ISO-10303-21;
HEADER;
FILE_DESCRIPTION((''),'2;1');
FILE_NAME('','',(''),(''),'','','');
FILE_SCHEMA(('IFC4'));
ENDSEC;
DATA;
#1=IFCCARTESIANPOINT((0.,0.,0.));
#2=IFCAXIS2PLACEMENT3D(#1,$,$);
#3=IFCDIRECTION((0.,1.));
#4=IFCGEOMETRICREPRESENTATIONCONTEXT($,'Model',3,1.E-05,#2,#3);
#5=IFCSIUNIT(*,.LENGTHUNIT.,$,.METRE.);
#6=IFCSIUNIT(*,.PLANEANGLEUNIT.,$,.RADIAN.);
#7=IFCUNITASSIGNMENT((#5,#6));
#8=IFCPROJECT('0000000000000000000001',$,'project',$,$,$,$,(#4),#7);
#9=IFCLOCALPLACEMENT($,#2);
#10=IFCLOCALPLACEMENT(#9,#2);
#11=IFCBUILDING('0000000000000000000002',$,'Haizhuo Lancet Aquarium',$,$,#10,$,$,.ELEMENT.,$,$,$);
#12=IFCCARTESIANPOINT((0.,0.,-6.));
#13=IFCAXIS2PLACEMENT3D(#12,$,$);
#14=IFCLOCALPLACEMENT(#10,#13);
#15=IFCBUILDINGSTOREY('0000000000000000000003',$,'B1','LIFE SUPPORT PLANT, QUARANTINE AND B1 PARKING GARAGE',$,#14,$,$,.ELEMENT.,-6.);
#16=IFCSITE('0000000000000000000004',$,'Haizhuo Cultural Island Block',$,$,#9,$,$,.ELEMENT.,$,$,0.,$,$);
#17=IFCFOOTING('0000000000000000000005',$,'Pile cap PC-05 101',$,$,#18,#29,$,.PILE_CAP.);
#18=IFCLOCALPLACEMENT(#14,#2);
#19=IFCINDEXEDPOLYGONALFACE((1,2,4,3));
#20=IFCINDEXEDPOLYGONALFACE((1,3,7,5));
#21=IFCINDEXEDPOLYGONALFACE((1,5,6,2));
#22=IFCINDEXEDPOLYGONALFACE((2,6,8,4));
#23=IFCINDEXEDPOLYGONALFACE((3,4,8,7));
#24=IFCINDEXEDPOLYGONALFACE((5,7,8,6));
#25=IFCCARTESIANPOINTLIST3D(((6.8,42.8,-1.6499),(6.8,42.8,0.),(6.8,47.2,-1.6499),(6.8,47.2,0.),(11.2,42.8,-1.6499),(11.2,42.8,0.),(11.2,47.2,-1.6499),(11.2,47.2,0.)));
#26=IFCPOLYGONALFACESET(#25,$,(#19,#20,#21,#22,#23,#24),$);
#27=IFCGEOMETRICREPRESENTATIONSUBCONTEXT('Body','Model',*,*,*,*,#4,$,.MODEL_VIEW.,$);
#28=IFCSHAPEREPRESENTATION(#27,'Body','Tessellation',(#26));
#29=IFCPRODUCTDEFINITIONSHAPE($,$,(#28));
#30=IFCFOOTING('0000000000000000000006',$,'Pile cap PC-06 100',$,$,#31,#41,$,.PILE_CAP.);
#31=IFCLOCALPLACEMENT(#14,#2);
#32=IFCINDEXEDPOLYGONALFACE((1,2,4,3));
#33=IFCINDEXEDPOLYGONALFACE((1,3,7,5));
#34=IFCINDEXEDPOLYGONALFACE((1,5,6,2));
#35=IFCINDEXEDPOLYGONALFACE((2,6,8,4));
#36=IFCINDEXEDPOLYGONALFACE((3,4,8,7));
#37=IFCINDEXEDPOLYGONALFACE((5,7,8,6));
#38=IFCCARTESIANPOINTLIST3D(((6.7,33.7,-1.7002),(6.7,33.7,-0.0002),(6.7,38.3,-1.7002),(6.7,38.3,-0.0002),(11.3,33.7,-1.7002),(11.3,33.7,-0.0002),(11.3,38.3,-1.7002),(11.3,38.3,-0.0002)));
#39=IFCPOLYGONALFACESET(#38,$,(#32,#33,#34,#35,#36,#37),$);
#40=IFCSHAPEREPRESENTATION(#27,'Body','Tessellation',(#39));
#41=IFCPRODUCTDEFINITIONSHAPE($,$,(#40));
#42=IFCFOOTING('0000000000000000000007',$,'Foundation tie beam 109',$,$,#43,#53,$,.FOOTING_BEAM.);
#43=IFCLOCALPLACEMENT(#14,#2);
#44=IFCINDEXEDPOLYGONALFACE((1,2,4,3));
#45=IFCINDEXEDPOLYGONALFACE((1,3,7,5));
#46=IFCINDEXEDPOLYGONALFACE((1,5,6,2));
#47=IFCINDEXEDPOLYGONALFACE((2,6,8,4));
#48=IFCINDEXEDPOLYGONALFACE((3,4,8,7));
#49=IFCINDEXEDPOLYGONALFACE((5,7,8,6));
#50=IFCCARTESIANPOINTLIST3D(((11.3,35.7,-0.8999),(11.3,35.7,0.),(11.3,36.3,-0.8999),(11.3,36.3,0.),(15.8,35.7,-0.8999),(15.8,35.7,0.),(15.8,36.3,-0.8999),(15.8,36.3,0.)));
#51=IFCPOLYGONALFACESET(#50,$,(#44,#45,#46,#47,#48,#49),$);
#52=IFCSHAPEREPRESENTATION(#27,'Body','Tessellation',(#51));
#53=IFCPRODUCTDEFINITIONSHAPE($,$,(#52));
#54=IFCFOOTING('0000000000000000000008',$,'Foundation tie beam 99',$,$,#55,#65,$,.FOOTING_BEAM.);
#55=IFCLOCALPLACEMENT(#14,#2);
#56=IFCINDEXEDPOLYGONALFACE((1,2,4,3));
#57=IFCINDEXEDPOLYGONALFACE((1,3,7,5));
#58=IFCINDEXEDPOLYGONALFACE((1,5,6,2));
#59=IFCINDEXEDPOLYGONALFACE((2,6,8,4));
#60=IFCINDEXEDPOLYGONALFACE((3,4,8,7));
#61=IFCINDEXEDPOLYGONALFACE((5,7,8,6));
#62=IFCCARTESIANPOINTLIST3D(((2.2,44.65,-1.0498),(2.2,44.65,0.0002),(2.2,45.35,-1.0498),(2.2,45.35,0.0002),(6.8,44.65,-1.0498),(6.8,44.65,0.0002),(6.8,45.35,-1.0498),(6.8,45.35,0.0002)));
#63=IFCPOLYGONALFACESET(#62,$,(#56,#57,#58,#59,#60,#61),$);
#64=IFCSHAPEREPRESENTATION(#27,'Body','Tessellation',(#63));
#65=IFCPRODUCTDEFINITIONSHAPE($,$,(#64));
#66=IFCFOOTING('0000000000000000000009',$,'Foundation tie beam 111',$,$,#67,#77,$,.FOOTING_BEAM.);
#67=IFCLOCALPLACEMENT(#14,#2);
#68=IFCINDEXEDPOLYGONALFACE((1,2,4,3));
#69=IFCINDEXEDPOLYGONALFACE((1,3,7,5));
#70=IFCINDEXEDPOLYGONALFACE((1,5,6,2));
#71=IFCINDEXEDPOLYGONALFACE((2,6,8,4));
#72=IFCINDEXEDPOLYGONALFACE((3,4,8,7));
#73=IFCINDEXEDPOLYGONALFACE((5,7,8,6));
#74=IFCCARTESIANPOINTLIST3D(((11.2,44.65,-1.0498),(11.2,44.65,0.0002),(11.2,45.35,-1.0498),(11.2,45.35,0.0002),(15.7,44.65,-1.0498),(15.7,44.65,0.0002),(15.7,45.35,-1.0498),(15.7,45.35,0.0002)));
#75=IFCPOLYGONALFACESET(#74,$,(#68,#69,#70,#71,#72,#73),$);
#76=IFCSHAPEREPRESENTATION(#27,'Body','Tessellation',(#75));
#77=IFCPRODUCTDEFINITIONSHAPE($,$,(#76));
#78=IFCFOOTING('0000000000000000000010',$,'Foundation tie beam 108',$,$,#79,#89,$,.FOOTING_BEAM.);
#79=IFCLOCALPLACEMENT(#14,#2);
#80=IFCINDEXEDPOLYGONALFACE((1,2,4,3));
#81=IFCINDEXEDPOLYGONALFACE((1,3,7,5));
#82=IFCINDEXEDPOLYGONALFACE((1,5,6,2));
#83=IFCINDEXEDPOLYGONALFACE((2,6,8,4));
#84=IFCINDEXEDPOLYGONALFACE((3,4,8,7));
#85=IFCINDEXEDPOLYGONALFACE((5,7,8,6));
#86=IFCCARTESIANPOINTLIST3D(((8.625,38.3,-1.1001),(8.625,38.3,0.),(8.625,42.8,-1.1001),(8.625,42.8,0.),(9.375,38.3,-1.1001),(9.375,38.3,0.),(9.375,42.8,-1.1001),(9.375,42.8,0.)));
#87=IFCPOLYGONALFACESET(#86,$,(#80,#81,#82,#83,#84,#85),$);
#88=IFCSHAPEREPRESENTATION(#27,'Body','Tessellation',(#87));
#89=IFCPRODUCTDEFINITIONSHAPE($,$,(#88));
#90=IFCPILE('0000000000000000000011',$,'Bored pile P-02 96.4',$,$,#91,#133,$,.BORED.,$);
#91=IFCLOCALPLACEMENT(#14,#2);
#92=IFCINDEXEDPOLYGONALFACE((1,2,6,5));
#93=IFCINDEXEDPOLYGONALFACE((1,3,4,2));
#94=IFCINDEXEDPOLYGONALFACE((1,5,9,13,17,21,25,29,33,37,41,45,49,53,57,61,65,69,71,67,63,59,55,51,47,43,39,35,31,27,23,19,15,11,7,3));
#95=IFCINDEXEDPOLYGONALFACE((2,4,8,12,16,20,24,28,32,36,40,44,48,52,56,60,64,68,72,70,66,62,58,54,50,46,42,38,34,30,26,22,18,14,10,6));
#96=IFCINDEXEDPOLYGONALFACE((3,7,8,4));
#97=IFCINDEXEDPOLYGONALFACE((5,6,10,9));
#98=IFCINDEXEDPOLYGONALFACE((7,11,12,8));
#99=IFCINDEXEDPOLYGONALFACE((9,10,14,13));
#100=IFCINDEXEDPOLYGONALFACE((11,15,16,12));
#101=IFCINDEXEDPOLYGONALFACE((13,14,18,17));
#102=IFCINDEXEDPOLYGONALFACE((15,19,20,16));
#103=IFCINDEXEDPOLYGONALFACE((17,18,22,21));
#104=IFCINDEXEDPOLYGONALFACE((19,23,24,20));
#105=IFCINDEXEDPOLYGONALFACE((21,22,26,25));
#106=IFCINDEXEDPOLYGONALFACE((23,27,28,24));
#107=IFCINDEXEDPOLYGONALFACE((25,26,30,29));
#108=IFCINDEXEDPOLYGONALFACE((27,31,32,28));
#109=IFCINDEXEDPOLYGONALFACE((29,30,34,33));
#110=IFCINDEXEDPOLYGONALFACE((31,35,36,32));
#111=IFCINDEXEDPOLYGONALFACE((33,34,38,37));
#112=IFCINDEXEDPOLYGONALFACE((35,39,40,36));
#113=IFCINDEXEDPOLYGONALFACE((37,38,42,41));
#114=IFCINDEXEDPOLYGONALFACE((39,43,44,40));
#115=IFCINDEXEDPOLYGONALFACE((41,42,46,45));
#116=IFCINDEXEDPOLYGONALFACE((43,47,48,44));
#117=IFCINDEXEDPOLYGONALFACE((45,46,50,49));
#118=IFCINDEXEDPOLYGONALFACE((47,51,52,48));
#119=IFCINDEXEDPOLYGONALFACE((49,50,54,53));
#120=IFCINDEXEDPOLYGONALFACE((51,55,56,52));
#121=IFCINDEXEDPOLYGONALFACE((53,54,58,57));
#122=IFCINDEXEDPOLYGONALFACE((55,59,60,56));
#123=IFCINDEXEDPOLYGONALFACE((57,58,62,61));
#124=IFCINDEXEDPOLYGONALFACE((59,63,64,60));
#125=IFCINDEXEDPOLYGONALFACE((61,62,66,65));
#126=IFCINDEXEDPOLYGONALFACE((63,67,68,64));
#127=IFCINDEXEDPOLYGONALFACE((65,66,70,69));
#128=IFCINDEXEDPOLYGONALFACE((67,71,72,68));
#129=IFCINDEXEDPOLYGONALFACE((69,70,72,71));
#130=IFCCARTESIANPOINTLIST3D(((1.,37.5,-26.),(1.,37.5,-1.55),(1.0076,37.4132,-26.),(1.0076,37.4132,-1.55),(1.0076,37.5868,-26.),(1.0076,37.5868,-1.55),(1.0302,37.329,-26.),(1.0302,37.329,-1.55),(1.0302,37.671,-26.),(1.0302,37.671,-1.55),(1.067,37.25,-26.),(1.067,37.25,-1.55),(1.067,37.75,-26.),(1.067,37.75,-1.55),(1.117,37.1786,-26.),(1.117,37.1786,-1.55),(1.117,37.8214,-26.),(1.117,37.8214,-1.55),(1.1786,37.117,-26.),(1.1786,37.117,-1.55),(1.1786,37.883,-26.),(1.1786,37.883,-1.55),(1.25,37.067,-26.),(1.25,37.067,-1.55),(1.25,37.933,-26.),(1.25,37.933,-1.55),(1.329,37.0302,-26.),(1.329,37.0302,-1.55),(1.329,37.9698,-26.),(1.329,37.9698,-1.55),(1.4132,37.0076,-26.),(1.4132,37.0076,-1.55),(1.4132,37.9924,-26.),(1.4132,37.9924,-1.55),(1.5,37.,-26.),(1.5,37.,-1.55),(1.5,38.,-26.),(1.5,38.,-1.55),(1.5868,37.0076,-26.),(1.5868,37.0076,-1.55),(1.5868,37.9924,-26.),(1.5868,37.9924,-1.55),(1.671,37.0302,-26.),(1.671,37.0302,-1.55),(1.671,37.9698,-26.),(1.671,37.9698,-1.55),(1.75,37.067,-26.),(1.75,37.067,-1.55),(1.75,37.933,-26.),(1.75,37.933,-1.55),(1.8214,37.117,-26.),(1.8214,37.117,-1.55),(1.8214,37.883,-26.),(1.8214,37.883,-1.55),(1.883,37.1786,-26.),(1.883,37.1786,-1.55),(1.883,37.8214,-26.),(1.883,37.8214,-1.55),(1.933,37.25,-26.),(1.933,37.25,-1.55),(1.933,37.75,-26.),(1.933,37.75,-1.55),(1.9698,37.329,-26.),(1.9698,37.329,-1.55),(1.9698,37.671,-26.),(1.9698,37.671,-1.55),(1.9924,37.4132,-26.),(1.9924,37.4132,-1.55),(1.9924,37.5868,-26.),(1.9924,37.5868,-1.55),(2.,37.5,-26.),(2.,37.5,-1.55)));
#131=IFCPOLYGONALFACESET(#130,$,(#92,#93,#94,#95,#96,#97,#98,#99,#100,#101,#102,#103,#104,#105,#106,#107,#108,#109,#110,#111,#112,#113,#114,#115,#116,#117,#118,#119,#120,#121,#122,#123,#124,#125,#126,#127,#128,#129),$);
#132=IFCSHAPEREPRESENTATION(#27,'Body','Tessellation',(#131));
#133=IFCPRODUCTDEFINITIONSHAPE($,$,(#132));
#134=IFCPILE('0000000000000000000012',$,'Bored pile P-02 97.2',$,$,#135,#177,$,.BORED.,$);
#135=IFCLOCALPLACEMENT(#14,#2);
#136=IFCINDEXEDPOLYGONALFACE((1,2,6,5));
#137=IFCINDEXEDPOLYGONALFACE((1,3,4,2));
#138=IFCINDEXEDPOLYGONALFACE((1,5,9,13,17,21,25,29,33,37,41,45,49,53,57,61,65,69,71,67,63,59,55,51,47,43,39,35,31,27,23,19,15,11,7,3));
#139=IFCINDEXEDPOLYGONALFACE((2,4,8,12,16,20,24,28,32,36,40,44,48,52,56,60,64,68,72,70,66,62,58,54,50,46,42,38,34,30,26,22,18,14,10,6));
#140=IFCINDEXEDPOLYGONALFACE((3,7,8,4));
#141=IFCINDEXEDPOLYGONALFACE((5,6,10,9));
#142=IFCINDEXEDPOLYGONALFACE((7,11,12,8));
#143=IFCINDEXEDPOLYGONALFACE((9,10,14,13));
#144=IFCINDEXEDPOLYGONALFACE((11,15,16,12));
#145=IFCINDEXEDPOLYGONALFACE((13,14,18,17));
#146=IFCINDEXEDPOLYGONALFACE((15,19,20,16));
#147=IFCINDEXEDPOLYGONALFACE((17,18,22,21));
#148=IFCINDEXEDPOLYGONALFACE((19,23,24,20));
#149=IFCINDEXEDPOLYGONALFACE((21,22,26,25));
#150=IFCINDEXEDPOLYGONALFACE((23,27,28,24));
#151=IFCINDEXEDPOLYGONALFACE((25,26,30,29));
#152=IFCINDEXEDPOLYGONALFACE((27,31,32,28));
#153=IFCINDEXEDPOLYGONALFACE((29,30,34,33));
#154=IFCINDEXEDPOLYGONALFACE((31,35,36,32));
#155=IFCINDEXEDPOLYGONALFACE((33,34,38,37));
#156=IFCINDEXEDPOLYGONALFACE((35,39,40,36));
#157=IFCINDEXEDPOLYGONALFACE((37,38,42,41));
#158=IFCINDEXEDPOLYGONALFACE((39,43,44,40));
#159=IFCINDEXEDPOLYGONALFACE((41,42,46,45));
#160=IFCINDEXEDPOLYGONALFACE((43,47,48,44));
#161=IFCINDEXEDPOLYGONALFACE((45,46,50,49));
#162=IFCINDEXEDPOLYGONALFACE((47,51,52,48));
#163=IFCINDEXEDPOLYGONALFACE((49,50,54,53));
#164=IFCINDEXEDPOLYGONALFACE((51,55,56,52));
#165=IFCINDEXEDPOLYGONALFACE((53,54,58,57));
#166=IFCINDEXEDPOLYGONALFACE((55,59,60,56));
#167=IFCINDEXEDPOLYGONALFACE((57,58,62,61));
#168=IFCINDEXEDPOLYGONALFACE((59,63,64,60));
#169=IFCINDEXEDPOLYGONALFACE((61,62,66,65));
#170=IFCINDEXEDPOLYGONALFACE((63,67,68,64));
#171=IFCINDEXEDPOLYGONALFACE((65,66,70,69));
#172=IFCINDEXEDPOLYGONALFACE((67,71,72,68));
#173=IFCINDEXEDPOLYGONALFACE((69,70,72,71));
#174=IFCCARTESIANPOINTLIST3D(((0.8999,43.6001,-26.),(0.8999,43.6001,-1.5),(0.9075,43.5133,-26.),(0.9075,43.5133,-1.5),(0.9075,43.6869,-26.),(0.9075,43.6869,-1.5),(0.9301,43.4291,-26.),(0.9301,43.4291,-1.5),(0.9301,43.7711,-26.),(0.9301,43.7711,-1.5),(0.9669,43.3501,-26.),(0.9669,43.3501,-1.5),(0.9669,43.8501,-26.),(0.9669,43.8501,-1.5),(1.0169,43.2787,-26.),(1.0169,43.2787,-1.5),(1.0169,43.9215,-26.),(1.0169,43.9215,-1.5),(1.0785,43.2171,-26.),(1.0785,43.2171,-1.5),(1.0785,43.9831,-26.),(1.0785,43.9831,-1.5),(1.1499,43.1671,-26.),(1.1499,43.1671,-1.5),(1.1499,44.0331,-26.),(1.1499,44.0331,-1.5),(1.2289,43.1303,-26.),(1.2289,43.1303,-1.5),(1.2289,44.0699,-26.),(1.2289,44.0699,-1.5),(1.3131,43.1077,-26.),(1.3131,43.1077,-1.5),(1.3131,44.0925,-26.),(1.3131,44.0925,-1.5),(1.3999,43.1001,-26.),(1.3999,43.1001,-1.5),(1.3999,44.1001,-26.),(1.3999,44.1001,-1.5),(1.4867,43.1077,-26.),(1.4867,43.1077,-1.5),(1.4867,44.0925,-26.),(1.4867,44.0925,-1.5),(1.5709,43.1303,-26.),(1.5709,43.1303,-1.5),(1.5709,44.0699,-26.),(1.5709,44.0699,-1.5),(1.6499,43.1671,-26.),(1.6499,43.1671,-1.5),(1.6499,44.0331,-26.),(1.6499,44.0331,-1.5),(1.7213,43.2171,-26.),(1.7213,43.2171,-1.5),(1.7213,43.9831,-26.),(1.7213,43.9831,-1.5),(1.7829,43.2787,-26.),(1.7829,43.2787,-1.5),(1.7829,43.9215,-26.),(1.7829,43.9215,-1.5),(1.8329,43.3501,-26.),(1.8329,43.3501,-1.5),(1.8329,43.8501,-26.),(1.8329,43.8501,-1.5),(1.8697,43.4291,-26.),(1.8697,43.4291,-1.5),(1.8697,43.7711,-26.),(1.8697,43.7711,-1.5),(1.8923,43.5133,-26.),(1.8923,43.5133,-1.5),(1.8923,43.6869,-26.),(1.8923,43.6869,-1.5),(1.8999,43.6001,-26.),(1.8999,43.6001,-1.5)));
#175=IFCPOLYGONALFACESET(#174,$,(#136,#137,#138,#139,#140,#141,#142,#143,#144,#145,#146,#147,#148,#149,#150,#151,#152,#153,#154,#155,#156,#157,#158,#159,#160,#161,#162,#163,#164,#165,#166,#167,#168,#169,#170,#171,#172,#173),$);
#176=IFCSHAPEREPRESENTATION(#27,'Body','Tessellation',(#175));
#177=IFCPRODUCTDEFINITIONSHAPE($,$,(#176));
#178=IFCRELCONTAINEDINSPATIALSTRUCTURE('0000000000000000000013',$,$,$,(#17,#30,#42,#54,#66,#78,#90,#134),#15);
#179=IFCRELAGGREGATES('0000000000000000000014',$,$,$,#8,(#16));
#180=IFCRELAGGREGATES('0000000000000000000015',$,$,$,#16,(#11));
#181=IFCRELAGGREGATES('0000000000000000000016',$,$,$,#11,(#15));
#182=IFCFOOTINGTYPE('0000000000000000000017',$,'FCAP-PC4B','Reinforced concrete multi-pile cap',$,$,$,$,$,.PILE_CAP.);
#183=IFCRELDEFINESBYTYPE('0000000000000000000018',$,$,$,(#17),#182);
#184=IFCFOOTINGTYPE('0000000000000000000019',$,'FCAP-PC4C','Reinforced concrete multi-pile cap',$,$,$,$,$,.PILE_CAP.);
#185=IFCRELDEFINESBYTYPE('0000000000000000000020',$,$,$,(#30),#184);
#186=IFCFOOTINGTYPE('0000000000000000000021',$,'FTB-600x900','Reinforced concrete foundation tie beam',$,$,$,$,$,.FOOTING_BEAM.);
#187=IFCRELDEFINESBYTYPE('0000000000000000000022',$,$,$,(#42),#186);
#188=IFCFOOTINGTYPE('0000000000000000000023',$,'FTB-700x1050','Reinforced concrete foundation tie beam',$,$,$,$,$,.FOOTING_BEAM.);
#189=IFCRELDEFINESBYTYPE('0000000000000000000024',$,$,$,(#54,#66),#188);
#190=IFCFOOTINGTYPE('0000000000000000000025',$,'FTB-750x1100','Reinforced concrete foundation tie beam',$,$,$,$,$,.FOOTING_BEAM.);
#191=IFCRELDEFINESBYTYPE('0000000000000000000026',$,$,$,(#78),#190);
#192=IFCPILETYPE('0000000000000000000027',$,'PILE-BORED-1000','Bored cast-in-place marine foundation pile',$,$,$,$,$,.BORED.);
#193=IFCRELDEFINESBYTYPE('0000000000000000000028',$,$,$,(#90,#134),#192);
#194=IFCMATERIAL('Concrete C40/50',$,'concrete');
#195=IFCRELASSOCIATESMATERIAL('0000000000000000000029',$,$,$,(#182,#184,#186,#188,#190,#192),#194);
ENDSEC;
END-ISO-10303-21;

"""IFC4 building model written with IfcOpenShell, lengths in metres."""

from ifc_helpers import new_model, si_unit, direction, frame, origin, origin_2d, place, context, subcontext, project, spatial, rectangle, circle, extrude, material, material_profile, profile_set, type_object, element, save


model = new_model("IFC4")

# Units and contexts
model_context = context("Model", 3, precision=1e-05, world=origin(), true_north=direction((0.0, 1.0)))
body_context = subcontext(model_context, "Body", "Model", "MODEL_VIEW")
ifc_project = project(units=[si_unit("LENGTHUNIT", "METRE"), si_unit("PLANEANGLEUNIT", "RADIAN")], contexts=[model_context])

# Site, building, storey
site_placement = place(None, origin())
site = spatial("IfcSite", under=ifc_project, at=site_placement, Name="Haizhuo Cultural Island Block", CompositionType="ELEMENT", RefElevation=0.0)
building_placement = place(site_placement, origin())
building = spatial("IfcBuilding", under=site, at=building_placement, Name="Haizhuo Lancet Aquarium", CompositionType="ELEMENT")
storey_placement = place(building_placement, frame((0.0, 0.0, -6.0)))
storey = spatial("IfcBuildingStorey", under=building, at=storey_placement, Name="B1", Description="LIFE SUPPORT PLANT, QUARANTINE AND B1 PARKING GARAGE", CompositionType="ELEMENT", Elevation=-6.0)

# Footings
ifc_material_1 = material(Name="Concrete C40/50", Category="concrete")
footing_type_1 = type_object("IfcFootingType", Name="FCAP-PC4B", Description="Reinforced concrete multi-pile cap", PredefinedType="PILE_CAP", material=ifc_material_1)
footing_1_placement = place(storey_placement, frame((9.0, 45.0, -1.6499), z_axis=(0.0, 0.0, 1.0), x_axis=(1.0, 0.0, 0.0)))
element("IfcFooting", 1, at=footing_1_placement, inside=storey, type_object=footing_type_1, Name="Pile cap PC-05 101", PredefinedType="PILE_CAP", context=body_context, shape_type="SweptSolid", body=[
    extrude(rectangle(XDim=4.3999, YDim=4.3999, at=origin_2d()), origin(), (0.0, 0.0, 1.0), 1.6499),
])
footing_type_2 = type_object("IfcFootingType", Name="FCAP-PC4C", Description="Reinforced concrete multi-pile cap", PredefinedType="PILE_CAP", material=ifc_material_1)
footing_2_placement = place(storey_placement, frame((9.0, 36.0, -1.7002), z_axis=(0.0, 0.0, 1.0), x_axis=(1.0, 0.0, 0.0)))
element("IfcFooting", 2, at=footing_2_placement, inside=storey, type_object=footing_type_2, Name="Pile cap PC-06 100", PredefinedType="PILE_CAP", context=body_context, shape_type="SweptSolid", body=[
    extrude(rectangle(XDim=4.6001, YDim=4.6001, at=origin_2d()), origin(), (0.0, 0.0, 1.0), 1.7),
])
footing_type_3 = type_object("IfcFootingType", Name="FTB-600x900", Description="Reinforced concrete foundation tie beam", PredefinedType="FOOTING_BEAM", material=ifc_material_1)
footing_3_placement = place(storey_placement, frame((13.55, 36.0, -0.8999), z_axis=(0.0, 0.0, 1.0), x_axis=(1.0, 0.0, 0.0)))
element("IfcFooting", 3, at=footing_3_placement, inside=storey, type_object=footing_type_3, Name="Foundation tie beam 109", PredefinedType="FOOTING_BEAM", context=body_context, shape_type="SweptSolid", body=[
    extrude(rectangle(XDim=4.5, YDim=0.6001, at=origin_2d()), origin(), (0.0, 0.0, 1.0), 0.8999),
])
footing_type_4 = type_object("IfcFootingType", Name="FTB-700x1050", Description="Reinforced concrete foundation tie beam", PredefinedType="FOOTING_BEAM", material=ifc_material_1)
footing_4_placement = place(storey_placement, frame((4.5, 45.0, -1.0498), z_axis=(0.0, 0.0, 1.0), x_axis=(1.0, 0.0, 0.0)))
element("IfcFooting", 4, at=footing_4_placement, inside=storey, type_object=footing_type_4, Name="Foundation tie beam 99", PredefinedType="FOOTING_BEAM", context=body_context, shape_type="SweptSolid", body=[
    extrude(rectangle(XDim=4.6001, YDim=0.7, at=origin_2d()), origin(), (0.0, 0.0, 1.0), 1.05),
])
footing_5_placement = place(storey_placement, frame((13.45, 45.0, -1.0498), z_axis=(0.0, 0.0, 1.0), x_axis=(1.0, 0.0, 0.0)))
element("IfcFooting", 5, at=footing_5_placement, inside=storey, type_object=footing_type_4, Name="Foundation tie beam 111", PredefinedType="FOOTING_BEAM", context=body_context, shape_type="SweptSolid", body=[
    extrude(rectangle(XDim=4.5, YDim=0.7, at=origin_2d()), origin(), (0.0, 0.0, 1.0), 1.05),
])
footing_type_5 = type_object("IfcFootingType", Name="FTB-750x1100", Description="Reinforced concrete foundation tie beam", PredefinedType="FOOTING_BEAM", material=ifc_material_1)
footing_6_placement = place(storey_placement, frame((9.0, 40.55, -1.1001), z_axis=(0.0, 0.0, 1.0), x_axis=(0.0, 1.0, 0.0)))
element("IfcFooting", 6, at=footing_6_placement, inside=storey, type_object=footing_type_5, Name="Foundation tie beam 108", PredefinedType="FOOTING_BEAM", context=body_context, shape_type="SweptSolid", body=[
    extrude(rectangle(XDim=4.5, YDim=0.75, at=origin_2d()), origin(), (0.0, 0.0, 1.0), 1.1001),
])

# Piles
ifc_material_profile_1 = material_profile(ifc_material_1, circle(Radius=0.5, at=origin_2d()), Name="PILE-1000")
ifc_profile_set_1 = profile_set([ifc_material_profile_1], Name="Concrete C40/50")
pile_type = type_object("IfcPileType", Name="PILE-BORED-1000", Description="Bored cast-in-place marine foundation pile", PredefinedType="BORED", material=ifc_profile_set_1)
pile_1_placement = place(storey_placement, frame((1.5, 37.5, -1.55), z_axis=(0.0, 0.0, -1.0), x_axis=(1.0, 0.0, 0.0)))
element("IfcPile", 7, at=pile_1_placement, inside=storey, type_object=pile_type, Name="Bored pile P-02 96.4", PredefinedType="BORED", context=body_context, shape_type="SweptSolid", body=[
    extrude(circle(Radius=0.5, at=origin_2d()), origin(), (0.0, 0.0, 1.0), 24.45),
])
pile_2_placement = place(storey_placement, frame((1.3999, 43.6001, -1.5), z_axis=(0.0, 0.0, -1.0), x_axis=(1.0, 0.0, 0.0)))
element("IfcPile", 8, at=pile_2_placement, inside=storey, type_object=pile_type, Name="Bored pile P-02 97.2", PredefinedType="BORED", context=body_context, shape_type="SweptSolid", body=[
    extrude(circle(Radius=0.5, at=origin_2d()), origin(), (0.0, 0.0, 1.0), 24.5),
])

save(model, "model.ifc")
